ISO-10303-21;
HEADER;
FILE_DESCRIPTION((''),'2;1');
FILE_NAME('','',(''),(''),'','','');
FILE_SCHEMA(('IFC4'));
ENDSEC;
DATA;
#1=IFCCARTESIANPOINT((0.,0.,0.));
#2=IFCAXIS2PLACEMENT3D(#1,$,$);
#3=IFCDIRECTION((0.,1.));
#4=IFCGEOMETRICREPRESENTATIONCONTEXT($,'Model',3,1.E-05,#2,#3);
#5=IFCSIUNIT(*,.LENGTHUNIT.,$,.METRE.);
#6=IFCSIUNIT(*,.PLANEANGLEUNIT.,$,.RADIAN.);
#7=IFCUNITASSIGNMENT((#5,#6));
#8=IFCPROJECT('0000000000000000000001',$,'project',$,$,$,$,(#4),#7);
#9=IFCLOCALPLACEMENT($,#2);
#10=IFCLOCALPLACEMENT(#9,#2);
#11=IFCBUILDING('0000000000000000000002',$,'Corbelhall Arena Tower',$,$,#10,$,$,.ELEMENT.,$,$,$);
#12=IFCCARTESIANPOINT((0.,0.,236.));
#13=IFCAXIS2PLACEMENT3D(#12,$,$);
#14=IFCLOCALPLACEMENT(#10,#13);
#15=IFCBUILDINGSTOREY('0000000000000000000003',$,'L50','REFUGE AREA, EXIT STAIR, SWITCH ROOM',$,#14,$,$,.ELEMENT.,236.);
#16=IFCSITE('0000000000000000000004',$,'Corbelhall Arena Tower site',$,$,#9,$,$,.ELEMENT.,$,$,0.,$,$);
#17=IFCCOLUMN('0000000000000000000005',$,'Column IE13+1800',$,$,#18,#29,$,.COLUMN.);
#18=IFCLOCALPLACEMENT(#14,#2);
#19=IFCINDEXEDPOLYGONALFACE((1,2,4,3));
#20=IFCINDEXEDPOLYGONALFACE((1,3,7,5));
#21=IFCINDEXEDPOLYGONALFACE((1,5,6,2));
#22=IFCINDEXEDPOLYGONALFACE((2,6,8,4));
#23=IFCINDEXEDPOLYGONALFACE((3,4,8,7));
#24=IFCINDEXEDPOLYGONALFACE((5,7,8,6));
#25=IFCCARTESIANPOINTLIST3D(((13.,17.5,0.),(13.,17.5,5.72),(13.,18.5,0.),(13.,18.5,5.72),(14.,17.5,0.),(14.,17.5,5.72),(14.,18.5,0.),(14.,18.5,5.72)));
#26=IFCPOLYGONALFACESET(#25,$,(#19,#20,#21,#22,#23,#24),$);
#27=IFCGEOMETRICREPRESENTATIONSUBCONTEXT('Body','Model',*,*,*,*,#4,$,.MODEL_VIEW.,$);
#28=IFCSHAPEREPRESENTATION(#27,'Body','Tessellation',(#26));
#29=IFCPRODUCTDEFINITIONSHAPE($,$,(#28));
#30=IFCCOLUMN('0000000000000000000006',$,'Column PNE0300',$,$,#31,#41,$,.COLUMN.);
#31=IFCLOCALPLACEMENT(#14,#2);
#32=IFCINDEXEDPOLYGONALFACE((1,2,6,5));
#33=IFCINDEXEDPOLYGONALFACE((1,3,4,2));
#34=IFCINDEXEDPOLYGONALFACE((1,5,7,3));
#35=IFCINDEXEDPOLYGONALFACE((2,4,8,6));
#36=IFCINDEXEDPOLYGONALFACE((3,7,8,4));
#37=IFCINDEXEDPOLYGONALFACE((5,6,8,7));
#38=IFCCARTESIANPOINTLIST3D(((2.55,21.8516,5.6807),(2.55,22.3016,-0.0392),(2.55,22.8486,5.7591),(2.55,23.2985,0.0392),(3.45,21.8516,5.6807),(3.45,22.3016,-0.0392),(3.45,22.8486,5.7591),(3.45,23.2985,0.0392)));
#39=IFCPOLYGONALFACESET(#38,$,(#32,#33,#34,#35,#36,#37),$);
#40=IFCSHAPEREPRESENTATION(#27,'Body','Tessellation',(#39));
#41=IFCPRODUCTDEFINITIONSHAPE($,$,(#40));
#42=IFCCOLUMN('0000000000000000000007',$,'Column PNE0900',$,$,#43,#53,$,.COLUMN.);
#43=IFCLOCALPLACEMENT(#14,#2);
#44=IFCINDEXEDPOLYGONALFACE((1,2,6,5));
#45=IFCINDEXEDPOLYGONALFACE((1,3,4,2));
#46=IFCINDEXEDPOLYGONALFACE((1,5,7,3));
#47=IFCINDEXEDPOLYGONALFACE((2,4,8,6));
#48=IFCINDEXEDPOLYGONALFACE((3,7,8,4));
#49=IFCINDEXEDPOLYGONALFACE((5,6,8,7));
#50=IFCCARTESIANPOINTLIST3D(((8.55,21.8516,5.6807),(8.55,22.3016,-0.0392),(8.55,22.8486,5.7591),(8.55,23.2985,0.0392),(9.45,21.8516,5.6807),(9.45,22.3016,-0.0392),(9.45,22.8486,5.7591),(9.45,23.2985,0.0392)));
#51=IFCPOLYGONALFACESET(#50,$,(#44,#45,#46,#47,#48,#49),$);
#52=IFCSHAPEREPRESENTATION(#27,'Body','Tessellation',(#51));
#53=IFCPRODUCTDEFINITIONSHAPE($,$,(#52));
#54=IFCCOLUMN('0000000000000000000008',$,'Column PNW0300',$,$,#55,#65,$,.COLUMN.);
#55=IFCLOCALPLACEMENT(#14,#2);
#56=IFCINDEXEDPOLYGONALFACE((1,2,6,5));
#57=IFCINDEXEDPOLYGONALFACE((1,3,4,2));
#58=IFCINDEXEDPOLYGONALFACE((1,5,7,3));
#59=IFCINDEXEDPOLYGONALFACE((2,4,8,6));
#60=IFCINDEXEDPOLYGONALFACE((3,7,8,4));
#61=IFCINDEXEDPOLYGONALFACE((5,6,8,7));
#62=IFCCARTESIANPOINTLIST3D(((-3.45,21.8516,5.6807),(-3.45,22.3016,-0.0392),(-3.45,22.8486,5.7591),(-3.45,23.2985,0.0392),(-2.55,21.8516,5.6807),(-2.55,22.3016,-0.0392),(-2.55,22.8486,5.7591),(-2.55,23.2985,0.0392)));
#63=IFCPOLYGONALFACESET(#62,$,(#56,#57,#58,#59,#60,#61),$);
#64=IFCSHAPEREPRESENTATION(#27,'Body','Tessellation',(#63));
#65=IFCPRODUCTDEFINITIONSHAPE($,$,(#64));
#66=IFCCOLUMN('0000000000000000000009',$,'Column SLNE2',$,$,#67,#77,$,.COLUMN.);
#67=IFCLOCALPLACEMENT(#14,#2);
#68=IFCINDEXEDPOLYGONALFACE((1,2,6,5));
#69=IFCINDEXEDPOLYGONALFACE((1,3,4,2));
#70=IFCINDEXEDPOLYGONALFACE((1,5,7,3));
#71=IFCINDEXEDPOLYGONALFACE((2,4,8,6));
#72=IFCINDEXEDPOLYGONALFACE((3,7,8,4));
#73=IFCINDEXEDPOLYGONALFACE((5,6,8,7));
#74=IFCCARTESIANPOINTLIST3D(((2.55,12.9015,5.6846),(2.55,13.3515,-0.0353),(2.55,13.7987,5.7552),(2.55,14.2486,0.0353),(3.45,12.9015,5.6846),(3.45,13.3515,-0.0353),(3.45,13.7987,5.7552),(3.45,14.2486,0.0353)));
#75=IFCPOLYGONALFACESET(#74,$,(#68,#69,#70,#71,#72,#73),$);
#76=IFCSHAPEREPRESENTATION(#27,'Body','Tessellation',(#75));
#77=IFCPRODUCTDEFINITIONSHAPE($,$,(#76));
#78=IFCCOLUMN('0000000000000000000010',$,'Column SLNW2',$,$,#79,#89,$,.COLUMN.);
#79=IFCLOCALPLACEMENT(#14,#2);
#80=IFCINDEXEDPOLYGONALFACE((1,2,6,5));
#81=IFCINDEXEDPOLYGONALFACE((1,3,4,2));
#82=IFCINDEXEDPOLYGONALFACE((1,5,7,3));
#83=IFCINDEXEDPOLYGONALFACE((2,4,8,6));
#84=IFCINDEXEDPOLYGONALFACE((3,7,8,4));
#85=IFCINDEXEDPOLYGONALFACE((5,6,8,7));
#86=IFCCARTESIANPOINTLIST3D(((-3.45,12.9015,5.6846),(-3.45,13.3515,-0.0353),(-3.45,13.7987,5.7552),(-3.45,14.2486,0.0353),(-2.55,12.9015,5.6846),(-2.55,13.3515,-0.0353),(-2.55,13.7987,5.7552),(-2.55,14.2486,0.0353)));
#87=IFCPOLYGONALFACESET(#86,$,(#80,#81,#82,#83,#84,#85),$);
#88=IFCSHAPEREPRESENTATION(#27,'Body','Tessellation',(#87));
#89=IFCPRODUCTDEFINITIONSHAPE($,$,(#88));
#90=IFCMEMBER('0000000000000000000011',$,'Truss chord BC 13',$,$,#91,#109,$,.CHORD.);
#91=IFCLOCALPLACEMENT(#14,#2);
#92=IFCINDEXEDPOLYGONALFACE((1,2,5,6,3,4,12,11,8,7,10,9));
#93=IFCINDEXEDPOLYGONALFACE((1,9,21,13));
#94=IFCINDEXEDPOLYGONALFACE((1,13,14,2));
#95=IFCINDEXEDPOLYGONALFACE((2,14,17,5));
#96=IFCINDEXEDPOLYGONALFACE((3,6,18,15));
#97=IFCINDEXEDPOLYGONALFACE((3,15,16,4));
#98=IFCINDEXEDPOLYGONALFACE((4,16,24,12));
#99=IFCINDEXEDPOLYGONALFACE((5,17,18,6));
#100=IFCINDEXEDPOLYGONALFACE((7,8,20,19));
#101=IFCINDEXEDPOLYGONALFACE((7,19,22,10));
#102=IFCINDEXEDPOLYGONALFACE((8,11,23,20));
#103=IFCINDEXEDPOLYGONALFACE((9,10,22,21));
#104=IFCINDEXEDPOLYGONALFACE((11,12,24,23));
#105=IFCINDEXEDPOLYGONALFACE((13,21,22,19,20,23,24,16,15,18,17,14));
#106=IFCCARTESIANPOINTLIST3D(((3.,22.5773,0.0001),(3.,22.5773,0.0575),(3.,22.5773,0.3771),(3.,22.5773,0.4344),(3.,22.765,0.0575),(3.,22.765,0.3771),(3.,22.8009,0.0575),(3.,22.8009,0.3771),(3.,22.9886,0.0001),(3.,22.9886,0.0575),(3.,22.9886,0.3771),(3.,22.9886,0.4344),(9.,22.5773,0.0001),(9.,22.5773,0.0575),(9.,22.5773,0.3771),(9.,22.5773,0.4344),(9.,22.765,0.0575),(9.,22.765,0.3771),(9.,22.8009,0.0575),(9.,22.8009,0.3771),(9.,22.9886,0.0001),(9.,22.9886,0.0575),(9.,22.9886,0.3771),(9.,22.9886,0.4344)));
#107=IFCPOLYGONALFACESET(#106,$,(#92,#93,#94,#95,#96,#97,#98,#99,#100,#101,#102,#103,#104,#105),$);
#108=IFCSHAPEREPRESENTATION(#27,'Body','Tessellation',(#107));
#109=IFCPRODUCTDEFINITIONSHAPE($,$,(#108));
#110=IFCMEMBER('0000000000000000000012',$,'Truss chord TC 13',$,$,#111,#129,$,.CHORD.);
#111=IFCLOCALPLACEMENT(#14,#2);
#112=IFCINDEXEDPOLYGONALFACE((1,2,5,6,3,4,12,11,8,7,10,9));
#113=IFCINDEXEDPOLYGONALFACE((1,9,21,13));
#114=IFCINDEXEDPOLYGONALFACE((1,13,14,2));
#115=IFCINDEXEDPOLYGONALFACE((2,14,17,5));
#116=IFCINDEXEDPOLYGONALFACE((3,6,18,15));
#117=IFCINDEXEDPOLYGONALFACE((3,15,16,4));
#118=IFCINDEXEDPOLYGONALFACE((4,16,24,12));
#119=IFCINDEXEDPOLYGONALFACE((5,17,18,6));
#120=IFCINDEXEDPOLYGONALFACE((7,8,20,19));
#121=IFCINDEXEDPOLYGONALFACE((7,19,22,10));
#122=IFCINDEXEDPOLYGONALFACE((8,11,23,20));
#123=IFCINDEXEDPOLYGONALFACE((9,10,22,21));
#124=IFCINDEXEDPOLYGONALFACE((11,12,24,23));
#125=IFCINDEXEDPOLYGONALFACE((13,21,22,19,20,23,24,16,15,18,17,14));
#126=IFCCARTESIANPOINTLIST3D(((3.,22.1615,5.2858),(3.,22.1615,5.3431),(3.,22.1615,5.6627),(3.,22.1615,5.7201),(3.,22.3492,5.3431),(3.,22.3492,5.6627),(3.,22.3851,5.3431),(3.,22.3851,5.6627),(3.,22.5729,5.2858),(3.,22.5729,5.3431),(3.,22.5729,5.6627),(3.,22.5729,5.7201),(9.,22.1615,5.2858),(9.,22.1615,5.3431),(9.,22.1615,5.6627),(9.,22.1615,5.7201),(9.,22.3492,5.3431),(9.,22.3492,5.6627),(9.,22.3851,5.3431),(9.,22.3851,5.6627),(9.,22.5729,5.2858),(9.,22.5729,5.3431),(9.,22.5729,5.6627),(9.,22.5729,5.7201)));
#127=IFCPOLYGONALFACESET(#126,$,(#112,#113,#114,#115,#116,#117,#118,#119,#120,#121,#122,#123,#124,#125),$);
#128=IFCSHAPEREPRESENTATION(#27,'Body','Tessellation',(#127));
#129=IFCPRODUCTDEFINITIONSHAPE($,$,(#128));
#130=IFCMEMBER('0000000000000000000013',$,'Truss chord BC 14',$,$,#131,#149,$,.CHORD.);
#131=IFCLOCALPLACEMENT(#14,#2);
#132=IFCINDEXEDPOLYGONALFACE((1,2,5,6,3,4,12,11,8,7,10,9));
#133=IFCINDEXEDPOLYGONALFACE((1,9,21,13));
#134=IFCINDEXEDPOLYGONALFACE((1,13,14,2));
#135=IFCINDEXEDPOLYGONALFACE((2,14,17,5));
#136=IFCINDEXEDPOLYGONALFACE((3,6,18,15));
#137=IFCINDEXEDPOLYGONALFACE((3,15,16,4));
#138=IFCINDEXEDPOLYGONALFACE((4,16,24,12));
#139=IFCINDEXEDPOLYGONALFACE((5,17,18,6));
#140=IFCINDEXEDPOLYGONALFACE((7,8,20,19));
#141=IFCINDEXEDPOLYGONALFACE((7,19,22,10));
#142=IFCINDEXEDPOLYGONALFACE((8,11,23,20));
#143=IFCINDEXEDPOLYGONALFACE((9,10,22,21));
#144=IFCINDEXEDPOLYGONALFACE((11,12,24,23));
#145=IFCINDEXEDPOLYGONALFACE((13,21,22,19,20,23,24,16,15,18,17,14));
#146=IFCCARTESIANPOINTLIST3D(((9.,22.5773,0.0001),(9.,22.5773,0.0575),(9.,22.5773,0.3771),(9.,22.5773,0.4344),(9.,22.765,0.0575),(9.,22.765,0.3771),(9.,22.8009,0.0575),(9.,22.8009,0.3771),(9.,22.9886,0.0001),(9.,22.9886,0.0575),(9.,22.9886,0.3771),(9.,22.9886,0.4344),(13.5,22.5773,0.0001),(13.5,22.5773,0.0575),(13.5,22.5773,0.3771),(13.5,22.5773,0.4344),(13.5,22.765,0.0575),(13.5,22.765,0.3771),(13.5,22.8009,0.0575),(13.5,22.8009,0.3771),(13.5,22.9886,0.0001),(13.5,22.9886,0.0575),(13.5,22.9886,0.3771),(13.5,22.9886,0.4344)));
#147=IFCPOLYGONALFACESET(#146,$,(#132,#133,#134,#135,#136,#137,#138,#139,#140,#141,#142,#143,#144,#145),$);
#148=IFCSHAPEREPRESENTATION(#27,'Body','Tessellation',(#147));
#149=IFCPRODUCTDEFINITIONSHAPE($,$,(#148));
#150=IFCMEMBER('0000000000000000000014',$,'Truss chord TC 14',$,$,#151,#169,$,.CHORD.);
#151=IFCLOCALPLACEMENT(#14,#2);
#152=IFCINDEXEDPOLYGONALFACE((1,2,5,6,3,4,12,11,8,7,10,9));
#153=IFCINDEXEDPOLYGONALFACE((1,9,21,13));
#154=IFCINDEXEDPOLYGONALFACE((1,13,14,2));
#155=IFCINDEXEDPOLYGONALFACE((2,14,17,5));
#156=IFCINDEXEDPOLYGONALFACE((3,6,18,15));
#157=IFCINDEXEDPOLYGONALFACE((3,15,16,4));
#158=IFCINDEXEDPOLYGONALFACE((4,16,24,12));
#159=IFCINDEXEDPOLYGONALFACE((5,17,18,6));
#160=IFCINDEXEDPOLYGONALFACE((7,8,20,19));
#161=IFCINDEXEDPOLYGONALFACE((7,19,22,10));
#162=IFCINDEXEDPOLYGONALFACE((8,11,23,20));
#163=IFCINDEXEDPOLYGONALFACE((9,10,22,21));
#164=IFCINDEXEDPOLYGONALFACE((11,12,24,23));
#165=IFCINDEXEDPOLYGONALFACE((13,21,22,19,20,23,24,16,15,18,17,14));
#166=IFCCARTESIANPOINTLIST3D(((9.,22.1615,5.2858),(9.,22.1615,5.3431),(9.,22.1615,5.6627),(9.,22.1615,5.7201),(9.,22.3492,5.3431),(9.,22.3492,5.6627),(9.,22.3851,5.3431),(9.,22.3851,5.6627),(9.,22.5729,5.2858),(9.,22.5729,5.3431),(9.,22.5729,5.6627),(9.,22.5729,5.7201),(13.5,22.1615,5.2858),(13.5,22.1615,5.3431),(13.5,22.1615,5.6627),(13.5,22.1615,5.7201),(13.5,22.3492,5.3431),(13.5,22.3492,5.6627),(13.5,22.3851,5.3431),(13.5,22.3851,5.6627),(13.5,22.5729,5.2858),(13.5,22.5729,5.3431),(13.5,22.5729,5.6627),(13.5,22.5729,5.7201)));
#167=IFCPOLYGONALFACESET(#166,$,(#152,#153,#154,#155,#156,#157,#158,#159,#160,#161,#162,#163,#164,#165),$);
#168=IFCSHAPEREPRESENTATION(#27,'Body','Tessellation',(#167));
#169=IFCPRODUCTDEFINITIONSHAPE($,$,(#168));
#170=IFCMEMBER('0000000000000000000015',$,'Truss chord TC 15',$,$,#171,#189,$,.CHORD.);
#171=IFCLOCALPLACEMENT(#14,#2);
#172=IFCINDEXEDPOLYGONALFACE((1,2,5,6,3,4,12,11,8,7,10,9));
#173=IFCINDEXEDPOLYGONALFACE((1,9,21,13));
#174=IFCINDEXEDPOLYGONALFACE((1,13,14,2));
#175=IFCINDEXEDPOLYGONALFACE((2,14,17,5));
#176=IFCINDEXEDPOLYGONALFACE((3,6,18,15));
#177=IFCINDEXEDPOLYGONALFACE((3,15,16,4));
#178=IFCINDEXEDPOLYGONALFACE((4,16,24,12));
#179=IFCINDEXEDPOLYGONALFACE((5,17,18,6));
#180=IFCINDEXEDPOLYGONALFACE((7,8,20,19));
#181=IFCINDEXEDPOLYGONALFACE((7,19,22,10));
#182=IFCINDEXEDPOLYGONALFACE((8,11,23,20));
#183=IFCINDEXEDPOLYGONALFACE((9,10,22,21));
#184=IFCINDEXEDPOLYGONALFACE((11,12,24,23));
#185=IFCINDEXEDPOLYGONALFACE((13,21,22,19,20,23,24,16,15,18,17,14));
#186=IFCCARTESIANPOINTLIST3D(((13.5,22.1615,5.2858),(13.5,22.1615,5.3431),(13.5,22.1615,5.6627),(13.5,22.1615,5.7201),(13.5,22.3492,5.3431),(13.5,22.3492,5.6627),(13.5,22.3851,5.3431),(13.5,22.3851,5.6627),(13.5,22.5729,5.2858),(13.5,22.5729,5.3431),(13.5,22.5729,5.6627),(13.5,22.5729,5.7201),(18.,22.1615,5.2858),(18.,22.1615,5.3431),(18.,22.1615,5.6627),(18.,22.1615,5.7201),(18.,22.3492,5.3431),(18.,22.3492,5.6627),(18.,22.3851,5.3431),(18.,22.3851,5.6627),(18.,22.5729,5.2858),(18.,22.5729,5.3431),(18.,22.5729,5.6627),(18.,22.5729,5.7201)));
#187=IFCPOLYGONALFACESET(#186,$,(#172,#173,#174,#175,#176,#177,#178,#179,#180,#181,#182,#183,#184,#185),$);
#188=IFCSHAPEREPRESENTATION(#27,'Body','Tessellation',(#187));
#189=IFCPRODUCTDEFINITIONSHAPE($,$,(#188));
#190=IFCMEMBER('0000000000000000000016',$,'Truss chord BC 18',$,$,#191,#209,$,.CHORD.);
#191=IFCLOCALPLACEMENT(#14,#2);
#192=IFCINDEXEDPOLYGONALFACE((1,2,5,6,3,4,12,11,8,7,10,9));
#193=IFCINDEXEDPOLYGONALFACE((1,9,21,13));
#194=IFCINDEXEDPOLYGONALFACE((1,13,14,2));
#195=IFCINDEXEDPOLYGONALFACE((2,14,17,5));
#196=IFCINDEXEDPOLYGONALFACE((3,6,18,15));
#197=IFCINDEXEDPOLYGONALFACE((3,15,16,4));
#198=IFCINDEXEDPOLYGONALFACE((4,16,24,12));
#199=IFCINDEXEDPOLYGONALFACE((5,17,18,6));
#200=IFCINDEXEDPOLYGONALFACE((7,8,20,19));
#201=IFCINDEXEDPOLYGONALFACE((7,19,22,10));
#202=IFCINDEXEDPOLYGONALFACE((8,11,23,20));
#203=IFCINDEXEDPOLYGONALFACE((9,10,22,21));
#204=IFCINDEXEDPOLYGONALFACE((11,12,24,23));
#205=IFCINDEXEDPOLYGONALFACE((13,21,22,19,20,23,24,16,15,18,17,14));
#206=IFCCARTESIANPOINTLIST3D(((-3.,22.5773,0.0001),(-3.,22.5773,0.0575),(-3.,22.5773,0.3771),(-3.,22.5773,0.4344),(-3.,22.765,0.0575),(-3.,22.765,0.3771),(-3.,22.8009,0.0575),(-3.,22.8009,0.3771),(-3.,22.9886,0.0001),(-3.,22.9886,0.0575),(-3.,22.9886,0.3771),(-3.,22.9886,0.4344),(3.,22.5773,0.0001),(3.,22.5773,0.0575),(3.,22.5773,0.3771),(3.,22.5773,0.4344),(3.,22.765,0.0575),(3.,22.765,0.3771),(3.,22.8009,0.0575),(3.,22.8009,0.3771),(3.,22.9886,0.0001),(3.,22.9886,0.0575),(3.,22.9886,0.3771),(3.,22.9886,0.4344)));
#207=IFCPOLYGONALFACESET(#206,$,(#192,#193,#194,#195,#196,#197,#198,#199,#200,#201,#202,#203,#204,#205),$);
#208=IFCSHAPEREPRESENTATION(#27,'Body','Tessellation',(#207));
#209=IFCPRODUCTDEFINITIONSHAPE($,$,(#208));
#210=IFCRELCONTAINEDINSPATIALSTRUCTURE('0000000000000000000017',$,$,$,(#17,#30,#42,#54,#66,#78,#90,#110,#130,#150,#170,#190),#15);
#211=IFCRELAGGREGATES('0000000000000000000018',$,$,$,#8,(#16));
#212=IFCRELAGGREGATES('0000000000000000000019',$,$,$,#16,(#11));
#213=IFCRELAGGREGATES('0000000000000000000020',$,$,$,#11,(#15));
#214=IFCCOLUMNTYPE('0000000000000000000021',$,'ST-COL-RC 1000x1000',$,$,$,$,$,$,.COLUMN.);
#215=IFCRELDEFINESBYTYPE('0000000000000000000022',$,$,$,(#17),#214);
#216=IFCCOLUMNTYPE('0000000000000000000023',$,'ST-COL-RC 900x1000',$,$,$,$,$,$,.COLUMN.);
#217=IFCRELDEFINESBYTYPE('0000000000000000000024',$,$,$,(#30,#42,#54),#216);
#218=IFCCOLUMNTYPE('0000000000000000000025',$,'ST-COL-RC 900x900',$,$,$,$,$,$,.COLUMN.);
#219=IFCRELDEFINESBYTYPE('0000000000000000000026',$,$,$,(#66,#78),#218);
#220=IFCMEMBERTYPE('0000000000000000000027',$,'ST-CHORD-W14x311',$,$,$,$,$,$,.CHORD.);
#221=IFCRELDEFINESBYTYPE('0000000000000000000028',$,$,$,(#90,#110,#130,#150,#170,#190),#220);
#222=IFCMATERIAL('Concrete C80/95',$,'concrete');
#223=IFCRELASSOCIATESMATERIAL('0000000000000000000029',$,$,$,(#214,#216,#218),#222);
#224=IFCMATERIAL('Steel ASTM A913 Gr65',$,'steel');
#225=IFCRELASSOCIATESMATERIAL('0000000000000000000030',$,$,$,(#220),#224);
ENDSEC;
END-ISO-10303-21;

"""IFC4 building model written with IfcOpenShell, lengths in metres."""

from ifc_helpers import new_model, si_unit, direction, frame, origin, origin_2d, place, context, subcontext, project, spatial, rectangle, i_section, extrude, material, material_profile, profile_set, type_object, element, save


model = new_model("IFC4")

# Units and contexts
model_context = context("Model", 3, precision=1e-05, world=origin(), true_north=direction((0.0, 1.0)))
body_context = subcontext(model_context, "Body", "Model", "MODEL_VIEW")
ifc_project = project(units=[si_unit("LENGTHUNIT", "METRE"), si_unit("PLANEANGLEUNIT", "RADIAN")], contexts=[model_context])

# Site, building, storey
site_placement = place(None, origin())
site = spatial("IfcSite", under=ifc_project, at=site_placement, Name="Corbelhall Arena Tower site", CompositionType="ELEMENT", RefElevation=0.0)
building_placement = place(site_placement, origin())
building = spatial("IfcBuilding", under=site, at=building_placement, Name="Corbelhall Arena Tower", CompositionType="ELEMENT")
storey_placement = place(building_placement, frame((0.0, 0.0, 236.0)))
storey = spatial("IfcBuildingStorey", under=building, at=storey_placement, Name="L50", Description="REFUGE AREA, EXIT STAIR, SWITCH ROOM", CompositionType="ELEMENT", Elevation=236.0)

# Columns
ifc_material_1 = material(Name="Concrete C80/95", Category="concrete")
ifc_material_profile_1 = material_profile(ifc_material_1, rectangle(XDim=1.0, YDim=1.0, at=origin_2d()))
ifc_profile_set_1 = profile_set([ifc_material_profile_1], Name="Concrete C80/95")
column_type_1 = type_object("IfcColumnType", Name="ST-COL-RC 1000x1000", PredefinedType="COLUMN", material=ifc_profile_set_1)
column_placement = place(storey_placement, frame((13.5, 18.0, 0.0), z_axis=(0.0, 0.0, 1.0), x_axis=(1.0, 0.0, 0.0)))
element("IfcColumn", 1, at=column_placement, inside=storey, type_object=column_type_1, Name="Column IE13+1800", PredefinedType="COLUMN", context=body_context, shape_type="SweptSolid", body=[
    extrude(rectangle(XDim=1.0, YDim=1.0, at=origin_2d()), origin(), (0.0, 0.0, 1.0), 5.72),
])
ifc_material_profile_2 = material_profile(ifc_material_1, rectangle(XDim=0.8999, YDim=1.0, at=origin_2d()))
ifc_profile_set_2 = profile_set([ifc_material_profile_2], Name="Concrete C80/95")
column_type_2 = type_object("IfcColumnType", Name="ST-COL-RC 900x1000", PredefinedType="COLUMN", material=ifc_profile_set_2)
for number, where, z_axis, x_axis, name in (
    (2, (3.0, 22.8, 0.0), (0.0, -0.078421, 0.99692), (1.0, 0.0, 0.0), "Column PNE0300"),
    (3, (9.0, 22.8, 0.0), (0.0, -0.078421, 0.99692), (1.0, 0.0, 0.0), "Column PNE0900"),
    (4, (-3.0, 22.8, 0.0), (0.0, -0.078421, 0.99692), (1.0, 0.0, 0.0), "Column PNW0300"),
):
    element("IfcColumn", number, at=place(storey_placement, frame(where, z_axis=z_axis, x_axis=x_axis)), inside=storey, type_object=column_type_2, Name=name, PredefinedType="COLUMN", context=body_context, shape_type="SweptSolid", body=[
        extrude(rectangle(XDim=0.8999, YDim=1.0, at=origin_2d()), origin(), (0.0, 0.0, 1.0), 5.7375),
    ])
ifc_material_profile_3 = material_profile(ifc_material_1, rectangle(XDim=0.8999, YDim=0.8999, at=origin_2d()))
ifc_profile_set_3 = profile_set([ifc_material_profile_3], Name="Concrete C80/95")
column_type_3 = type_object("IfcColumnType", Name="ST-COL-RC 900x900", PredefinedType="COLUMN", material=ifc_profile_set_3)
for number, where, z_axis, x_axis, name in (
    (5, (3.0, 13.8, 0.0), (0.0, -0.078421, 0.99692), (1.0, 0.0, 0.0), "Column SLNE2"),
    (6, (-3.0, 13.8, 0.0), (0.0, -0.078421, 0.99692), (1.0, 0.0, 0.0), "Column SLNW2"),
):
    element("IfcColumn", number, at=place(storey_placement, frame(where, z_axis=z_axis, x_axis=x_axis)), inside=storey, type_object=column_type_3, Name=name, PredefinedType="COLUMN", context=body_context, shape_type="SweptSolid", body=[
        extrude(rectangle(XDim=0.8999, YDim=0.8999, at=origin_2d()), origin(), (0.0, 0.0, 1.0), 5.7375),
    ])

# Members
ifc_material_2 = material(Name="Steel ASTM A913 Gr65", Category="steel")
ifc_material_profile_4 = material_profile(ifc_material_2, i_section(OverallWidth=0.4114, OverallDepth=0.4343, WebThickness=0.0359, FlangeThickness=0.0574, at=origin_2d()))
ifc_profile_set_4 = profile_set([ifc_material_profile_4], Name="Steel ASTM A913 Gr65")
member_type_1 = type_object("IfcMemberType", Name="ST-CHORD-W14x311", PredefinedType="CHORD", material=ifc_profile_set_4)
for number, where, z_axis, x_axis, name in (
    (7, (3.0, 22.783, 0.2173), (1.0, 0.0, 0.0), (0.0, 1.0, 0.0), "Truss chord BC 13"),
    (8, (3.0, 22.3672, 5.5029), (1.0, 0.0, 0.0), (0.0, 1.0, 0.0), "Truss chord TC 13"),
):
    element("IfcMember", number, at=place(storey_placement, frame(where, z_axis=z_axis, x_axis=x_axis)), inside=storey, type_object=member_type_1, Name=name, PredefinedType="CHORD", context=body_context, shape_type="SweptSolid", body=[
        extrude(i_section(OverallWidth=0.4114, OverallDepth=0.4343, WebThickness=0.0359, FlangeThickness=0.0574, at=origin_2d()), origin(), (0.0, 0.0, 1.0), 6.0),
    ])
for number, where, z_axis, x_axis, name in (
    (9, (9.0, 22.783, 0.2173), (1.0, 0.0, 0.0), (0.0, 1.0, 0.0), "Truss chord BC 14"),
    (10, (9.0, 22.3672, 5.5029), (1.0, 0.0, 0.0), (0.0, 1.0, 0.0), "Truss chord TC 14"),
    (11, (13.5, 22.3672, 5.5029), (1.0, 0.0, 0.0), (0.0, 1.0, 0.0), "Truss chord TC 15"),
):
    element("IfcMember", number, at=place(storey_placement, frame(where, z_axis=z_axis, x_axis=x_axis)), inside=storey, type_object=member_type_1, Name=name, PredefinedType="CHORD", context=body_context, shape_type="SweptSolid", body=[
        extrude(i_section(OverallWidth=0.4114, OverallDepth=0.4343, WebThickness=0.0359, FlangeThickness=0.0574, at=origin_2d()), origin(), (0.0, 0.0, 1.0), 4.5),
    ])
for number, where, z_axis, x_axis, name in (
    (12, (-3.0, 22.783, 0.2173), (1.0, 0.0, 0.0), (0.0, 1.0, 0.0), "Truss chord BC 18"),
):
    element("IfcMember", number, at=place(storey_placement, frame(where, z_axis=z_axis, x_axis=x_axis)), inside=storey, type_object=member_type_1, Name=name, PredefinedType="CHORD", context=body_context, shape_type="SweptSolid", body=[
        extrude(i_section(OverallWidth=0.4114, OverallDepth=0.4343, WebThickness=0.0359, FlangeThickness=0.0574, at=origin_2d()), origin(), (0.0, 0.0, 1.0), 6.0),
    ])

save(model, "model.ifc")
